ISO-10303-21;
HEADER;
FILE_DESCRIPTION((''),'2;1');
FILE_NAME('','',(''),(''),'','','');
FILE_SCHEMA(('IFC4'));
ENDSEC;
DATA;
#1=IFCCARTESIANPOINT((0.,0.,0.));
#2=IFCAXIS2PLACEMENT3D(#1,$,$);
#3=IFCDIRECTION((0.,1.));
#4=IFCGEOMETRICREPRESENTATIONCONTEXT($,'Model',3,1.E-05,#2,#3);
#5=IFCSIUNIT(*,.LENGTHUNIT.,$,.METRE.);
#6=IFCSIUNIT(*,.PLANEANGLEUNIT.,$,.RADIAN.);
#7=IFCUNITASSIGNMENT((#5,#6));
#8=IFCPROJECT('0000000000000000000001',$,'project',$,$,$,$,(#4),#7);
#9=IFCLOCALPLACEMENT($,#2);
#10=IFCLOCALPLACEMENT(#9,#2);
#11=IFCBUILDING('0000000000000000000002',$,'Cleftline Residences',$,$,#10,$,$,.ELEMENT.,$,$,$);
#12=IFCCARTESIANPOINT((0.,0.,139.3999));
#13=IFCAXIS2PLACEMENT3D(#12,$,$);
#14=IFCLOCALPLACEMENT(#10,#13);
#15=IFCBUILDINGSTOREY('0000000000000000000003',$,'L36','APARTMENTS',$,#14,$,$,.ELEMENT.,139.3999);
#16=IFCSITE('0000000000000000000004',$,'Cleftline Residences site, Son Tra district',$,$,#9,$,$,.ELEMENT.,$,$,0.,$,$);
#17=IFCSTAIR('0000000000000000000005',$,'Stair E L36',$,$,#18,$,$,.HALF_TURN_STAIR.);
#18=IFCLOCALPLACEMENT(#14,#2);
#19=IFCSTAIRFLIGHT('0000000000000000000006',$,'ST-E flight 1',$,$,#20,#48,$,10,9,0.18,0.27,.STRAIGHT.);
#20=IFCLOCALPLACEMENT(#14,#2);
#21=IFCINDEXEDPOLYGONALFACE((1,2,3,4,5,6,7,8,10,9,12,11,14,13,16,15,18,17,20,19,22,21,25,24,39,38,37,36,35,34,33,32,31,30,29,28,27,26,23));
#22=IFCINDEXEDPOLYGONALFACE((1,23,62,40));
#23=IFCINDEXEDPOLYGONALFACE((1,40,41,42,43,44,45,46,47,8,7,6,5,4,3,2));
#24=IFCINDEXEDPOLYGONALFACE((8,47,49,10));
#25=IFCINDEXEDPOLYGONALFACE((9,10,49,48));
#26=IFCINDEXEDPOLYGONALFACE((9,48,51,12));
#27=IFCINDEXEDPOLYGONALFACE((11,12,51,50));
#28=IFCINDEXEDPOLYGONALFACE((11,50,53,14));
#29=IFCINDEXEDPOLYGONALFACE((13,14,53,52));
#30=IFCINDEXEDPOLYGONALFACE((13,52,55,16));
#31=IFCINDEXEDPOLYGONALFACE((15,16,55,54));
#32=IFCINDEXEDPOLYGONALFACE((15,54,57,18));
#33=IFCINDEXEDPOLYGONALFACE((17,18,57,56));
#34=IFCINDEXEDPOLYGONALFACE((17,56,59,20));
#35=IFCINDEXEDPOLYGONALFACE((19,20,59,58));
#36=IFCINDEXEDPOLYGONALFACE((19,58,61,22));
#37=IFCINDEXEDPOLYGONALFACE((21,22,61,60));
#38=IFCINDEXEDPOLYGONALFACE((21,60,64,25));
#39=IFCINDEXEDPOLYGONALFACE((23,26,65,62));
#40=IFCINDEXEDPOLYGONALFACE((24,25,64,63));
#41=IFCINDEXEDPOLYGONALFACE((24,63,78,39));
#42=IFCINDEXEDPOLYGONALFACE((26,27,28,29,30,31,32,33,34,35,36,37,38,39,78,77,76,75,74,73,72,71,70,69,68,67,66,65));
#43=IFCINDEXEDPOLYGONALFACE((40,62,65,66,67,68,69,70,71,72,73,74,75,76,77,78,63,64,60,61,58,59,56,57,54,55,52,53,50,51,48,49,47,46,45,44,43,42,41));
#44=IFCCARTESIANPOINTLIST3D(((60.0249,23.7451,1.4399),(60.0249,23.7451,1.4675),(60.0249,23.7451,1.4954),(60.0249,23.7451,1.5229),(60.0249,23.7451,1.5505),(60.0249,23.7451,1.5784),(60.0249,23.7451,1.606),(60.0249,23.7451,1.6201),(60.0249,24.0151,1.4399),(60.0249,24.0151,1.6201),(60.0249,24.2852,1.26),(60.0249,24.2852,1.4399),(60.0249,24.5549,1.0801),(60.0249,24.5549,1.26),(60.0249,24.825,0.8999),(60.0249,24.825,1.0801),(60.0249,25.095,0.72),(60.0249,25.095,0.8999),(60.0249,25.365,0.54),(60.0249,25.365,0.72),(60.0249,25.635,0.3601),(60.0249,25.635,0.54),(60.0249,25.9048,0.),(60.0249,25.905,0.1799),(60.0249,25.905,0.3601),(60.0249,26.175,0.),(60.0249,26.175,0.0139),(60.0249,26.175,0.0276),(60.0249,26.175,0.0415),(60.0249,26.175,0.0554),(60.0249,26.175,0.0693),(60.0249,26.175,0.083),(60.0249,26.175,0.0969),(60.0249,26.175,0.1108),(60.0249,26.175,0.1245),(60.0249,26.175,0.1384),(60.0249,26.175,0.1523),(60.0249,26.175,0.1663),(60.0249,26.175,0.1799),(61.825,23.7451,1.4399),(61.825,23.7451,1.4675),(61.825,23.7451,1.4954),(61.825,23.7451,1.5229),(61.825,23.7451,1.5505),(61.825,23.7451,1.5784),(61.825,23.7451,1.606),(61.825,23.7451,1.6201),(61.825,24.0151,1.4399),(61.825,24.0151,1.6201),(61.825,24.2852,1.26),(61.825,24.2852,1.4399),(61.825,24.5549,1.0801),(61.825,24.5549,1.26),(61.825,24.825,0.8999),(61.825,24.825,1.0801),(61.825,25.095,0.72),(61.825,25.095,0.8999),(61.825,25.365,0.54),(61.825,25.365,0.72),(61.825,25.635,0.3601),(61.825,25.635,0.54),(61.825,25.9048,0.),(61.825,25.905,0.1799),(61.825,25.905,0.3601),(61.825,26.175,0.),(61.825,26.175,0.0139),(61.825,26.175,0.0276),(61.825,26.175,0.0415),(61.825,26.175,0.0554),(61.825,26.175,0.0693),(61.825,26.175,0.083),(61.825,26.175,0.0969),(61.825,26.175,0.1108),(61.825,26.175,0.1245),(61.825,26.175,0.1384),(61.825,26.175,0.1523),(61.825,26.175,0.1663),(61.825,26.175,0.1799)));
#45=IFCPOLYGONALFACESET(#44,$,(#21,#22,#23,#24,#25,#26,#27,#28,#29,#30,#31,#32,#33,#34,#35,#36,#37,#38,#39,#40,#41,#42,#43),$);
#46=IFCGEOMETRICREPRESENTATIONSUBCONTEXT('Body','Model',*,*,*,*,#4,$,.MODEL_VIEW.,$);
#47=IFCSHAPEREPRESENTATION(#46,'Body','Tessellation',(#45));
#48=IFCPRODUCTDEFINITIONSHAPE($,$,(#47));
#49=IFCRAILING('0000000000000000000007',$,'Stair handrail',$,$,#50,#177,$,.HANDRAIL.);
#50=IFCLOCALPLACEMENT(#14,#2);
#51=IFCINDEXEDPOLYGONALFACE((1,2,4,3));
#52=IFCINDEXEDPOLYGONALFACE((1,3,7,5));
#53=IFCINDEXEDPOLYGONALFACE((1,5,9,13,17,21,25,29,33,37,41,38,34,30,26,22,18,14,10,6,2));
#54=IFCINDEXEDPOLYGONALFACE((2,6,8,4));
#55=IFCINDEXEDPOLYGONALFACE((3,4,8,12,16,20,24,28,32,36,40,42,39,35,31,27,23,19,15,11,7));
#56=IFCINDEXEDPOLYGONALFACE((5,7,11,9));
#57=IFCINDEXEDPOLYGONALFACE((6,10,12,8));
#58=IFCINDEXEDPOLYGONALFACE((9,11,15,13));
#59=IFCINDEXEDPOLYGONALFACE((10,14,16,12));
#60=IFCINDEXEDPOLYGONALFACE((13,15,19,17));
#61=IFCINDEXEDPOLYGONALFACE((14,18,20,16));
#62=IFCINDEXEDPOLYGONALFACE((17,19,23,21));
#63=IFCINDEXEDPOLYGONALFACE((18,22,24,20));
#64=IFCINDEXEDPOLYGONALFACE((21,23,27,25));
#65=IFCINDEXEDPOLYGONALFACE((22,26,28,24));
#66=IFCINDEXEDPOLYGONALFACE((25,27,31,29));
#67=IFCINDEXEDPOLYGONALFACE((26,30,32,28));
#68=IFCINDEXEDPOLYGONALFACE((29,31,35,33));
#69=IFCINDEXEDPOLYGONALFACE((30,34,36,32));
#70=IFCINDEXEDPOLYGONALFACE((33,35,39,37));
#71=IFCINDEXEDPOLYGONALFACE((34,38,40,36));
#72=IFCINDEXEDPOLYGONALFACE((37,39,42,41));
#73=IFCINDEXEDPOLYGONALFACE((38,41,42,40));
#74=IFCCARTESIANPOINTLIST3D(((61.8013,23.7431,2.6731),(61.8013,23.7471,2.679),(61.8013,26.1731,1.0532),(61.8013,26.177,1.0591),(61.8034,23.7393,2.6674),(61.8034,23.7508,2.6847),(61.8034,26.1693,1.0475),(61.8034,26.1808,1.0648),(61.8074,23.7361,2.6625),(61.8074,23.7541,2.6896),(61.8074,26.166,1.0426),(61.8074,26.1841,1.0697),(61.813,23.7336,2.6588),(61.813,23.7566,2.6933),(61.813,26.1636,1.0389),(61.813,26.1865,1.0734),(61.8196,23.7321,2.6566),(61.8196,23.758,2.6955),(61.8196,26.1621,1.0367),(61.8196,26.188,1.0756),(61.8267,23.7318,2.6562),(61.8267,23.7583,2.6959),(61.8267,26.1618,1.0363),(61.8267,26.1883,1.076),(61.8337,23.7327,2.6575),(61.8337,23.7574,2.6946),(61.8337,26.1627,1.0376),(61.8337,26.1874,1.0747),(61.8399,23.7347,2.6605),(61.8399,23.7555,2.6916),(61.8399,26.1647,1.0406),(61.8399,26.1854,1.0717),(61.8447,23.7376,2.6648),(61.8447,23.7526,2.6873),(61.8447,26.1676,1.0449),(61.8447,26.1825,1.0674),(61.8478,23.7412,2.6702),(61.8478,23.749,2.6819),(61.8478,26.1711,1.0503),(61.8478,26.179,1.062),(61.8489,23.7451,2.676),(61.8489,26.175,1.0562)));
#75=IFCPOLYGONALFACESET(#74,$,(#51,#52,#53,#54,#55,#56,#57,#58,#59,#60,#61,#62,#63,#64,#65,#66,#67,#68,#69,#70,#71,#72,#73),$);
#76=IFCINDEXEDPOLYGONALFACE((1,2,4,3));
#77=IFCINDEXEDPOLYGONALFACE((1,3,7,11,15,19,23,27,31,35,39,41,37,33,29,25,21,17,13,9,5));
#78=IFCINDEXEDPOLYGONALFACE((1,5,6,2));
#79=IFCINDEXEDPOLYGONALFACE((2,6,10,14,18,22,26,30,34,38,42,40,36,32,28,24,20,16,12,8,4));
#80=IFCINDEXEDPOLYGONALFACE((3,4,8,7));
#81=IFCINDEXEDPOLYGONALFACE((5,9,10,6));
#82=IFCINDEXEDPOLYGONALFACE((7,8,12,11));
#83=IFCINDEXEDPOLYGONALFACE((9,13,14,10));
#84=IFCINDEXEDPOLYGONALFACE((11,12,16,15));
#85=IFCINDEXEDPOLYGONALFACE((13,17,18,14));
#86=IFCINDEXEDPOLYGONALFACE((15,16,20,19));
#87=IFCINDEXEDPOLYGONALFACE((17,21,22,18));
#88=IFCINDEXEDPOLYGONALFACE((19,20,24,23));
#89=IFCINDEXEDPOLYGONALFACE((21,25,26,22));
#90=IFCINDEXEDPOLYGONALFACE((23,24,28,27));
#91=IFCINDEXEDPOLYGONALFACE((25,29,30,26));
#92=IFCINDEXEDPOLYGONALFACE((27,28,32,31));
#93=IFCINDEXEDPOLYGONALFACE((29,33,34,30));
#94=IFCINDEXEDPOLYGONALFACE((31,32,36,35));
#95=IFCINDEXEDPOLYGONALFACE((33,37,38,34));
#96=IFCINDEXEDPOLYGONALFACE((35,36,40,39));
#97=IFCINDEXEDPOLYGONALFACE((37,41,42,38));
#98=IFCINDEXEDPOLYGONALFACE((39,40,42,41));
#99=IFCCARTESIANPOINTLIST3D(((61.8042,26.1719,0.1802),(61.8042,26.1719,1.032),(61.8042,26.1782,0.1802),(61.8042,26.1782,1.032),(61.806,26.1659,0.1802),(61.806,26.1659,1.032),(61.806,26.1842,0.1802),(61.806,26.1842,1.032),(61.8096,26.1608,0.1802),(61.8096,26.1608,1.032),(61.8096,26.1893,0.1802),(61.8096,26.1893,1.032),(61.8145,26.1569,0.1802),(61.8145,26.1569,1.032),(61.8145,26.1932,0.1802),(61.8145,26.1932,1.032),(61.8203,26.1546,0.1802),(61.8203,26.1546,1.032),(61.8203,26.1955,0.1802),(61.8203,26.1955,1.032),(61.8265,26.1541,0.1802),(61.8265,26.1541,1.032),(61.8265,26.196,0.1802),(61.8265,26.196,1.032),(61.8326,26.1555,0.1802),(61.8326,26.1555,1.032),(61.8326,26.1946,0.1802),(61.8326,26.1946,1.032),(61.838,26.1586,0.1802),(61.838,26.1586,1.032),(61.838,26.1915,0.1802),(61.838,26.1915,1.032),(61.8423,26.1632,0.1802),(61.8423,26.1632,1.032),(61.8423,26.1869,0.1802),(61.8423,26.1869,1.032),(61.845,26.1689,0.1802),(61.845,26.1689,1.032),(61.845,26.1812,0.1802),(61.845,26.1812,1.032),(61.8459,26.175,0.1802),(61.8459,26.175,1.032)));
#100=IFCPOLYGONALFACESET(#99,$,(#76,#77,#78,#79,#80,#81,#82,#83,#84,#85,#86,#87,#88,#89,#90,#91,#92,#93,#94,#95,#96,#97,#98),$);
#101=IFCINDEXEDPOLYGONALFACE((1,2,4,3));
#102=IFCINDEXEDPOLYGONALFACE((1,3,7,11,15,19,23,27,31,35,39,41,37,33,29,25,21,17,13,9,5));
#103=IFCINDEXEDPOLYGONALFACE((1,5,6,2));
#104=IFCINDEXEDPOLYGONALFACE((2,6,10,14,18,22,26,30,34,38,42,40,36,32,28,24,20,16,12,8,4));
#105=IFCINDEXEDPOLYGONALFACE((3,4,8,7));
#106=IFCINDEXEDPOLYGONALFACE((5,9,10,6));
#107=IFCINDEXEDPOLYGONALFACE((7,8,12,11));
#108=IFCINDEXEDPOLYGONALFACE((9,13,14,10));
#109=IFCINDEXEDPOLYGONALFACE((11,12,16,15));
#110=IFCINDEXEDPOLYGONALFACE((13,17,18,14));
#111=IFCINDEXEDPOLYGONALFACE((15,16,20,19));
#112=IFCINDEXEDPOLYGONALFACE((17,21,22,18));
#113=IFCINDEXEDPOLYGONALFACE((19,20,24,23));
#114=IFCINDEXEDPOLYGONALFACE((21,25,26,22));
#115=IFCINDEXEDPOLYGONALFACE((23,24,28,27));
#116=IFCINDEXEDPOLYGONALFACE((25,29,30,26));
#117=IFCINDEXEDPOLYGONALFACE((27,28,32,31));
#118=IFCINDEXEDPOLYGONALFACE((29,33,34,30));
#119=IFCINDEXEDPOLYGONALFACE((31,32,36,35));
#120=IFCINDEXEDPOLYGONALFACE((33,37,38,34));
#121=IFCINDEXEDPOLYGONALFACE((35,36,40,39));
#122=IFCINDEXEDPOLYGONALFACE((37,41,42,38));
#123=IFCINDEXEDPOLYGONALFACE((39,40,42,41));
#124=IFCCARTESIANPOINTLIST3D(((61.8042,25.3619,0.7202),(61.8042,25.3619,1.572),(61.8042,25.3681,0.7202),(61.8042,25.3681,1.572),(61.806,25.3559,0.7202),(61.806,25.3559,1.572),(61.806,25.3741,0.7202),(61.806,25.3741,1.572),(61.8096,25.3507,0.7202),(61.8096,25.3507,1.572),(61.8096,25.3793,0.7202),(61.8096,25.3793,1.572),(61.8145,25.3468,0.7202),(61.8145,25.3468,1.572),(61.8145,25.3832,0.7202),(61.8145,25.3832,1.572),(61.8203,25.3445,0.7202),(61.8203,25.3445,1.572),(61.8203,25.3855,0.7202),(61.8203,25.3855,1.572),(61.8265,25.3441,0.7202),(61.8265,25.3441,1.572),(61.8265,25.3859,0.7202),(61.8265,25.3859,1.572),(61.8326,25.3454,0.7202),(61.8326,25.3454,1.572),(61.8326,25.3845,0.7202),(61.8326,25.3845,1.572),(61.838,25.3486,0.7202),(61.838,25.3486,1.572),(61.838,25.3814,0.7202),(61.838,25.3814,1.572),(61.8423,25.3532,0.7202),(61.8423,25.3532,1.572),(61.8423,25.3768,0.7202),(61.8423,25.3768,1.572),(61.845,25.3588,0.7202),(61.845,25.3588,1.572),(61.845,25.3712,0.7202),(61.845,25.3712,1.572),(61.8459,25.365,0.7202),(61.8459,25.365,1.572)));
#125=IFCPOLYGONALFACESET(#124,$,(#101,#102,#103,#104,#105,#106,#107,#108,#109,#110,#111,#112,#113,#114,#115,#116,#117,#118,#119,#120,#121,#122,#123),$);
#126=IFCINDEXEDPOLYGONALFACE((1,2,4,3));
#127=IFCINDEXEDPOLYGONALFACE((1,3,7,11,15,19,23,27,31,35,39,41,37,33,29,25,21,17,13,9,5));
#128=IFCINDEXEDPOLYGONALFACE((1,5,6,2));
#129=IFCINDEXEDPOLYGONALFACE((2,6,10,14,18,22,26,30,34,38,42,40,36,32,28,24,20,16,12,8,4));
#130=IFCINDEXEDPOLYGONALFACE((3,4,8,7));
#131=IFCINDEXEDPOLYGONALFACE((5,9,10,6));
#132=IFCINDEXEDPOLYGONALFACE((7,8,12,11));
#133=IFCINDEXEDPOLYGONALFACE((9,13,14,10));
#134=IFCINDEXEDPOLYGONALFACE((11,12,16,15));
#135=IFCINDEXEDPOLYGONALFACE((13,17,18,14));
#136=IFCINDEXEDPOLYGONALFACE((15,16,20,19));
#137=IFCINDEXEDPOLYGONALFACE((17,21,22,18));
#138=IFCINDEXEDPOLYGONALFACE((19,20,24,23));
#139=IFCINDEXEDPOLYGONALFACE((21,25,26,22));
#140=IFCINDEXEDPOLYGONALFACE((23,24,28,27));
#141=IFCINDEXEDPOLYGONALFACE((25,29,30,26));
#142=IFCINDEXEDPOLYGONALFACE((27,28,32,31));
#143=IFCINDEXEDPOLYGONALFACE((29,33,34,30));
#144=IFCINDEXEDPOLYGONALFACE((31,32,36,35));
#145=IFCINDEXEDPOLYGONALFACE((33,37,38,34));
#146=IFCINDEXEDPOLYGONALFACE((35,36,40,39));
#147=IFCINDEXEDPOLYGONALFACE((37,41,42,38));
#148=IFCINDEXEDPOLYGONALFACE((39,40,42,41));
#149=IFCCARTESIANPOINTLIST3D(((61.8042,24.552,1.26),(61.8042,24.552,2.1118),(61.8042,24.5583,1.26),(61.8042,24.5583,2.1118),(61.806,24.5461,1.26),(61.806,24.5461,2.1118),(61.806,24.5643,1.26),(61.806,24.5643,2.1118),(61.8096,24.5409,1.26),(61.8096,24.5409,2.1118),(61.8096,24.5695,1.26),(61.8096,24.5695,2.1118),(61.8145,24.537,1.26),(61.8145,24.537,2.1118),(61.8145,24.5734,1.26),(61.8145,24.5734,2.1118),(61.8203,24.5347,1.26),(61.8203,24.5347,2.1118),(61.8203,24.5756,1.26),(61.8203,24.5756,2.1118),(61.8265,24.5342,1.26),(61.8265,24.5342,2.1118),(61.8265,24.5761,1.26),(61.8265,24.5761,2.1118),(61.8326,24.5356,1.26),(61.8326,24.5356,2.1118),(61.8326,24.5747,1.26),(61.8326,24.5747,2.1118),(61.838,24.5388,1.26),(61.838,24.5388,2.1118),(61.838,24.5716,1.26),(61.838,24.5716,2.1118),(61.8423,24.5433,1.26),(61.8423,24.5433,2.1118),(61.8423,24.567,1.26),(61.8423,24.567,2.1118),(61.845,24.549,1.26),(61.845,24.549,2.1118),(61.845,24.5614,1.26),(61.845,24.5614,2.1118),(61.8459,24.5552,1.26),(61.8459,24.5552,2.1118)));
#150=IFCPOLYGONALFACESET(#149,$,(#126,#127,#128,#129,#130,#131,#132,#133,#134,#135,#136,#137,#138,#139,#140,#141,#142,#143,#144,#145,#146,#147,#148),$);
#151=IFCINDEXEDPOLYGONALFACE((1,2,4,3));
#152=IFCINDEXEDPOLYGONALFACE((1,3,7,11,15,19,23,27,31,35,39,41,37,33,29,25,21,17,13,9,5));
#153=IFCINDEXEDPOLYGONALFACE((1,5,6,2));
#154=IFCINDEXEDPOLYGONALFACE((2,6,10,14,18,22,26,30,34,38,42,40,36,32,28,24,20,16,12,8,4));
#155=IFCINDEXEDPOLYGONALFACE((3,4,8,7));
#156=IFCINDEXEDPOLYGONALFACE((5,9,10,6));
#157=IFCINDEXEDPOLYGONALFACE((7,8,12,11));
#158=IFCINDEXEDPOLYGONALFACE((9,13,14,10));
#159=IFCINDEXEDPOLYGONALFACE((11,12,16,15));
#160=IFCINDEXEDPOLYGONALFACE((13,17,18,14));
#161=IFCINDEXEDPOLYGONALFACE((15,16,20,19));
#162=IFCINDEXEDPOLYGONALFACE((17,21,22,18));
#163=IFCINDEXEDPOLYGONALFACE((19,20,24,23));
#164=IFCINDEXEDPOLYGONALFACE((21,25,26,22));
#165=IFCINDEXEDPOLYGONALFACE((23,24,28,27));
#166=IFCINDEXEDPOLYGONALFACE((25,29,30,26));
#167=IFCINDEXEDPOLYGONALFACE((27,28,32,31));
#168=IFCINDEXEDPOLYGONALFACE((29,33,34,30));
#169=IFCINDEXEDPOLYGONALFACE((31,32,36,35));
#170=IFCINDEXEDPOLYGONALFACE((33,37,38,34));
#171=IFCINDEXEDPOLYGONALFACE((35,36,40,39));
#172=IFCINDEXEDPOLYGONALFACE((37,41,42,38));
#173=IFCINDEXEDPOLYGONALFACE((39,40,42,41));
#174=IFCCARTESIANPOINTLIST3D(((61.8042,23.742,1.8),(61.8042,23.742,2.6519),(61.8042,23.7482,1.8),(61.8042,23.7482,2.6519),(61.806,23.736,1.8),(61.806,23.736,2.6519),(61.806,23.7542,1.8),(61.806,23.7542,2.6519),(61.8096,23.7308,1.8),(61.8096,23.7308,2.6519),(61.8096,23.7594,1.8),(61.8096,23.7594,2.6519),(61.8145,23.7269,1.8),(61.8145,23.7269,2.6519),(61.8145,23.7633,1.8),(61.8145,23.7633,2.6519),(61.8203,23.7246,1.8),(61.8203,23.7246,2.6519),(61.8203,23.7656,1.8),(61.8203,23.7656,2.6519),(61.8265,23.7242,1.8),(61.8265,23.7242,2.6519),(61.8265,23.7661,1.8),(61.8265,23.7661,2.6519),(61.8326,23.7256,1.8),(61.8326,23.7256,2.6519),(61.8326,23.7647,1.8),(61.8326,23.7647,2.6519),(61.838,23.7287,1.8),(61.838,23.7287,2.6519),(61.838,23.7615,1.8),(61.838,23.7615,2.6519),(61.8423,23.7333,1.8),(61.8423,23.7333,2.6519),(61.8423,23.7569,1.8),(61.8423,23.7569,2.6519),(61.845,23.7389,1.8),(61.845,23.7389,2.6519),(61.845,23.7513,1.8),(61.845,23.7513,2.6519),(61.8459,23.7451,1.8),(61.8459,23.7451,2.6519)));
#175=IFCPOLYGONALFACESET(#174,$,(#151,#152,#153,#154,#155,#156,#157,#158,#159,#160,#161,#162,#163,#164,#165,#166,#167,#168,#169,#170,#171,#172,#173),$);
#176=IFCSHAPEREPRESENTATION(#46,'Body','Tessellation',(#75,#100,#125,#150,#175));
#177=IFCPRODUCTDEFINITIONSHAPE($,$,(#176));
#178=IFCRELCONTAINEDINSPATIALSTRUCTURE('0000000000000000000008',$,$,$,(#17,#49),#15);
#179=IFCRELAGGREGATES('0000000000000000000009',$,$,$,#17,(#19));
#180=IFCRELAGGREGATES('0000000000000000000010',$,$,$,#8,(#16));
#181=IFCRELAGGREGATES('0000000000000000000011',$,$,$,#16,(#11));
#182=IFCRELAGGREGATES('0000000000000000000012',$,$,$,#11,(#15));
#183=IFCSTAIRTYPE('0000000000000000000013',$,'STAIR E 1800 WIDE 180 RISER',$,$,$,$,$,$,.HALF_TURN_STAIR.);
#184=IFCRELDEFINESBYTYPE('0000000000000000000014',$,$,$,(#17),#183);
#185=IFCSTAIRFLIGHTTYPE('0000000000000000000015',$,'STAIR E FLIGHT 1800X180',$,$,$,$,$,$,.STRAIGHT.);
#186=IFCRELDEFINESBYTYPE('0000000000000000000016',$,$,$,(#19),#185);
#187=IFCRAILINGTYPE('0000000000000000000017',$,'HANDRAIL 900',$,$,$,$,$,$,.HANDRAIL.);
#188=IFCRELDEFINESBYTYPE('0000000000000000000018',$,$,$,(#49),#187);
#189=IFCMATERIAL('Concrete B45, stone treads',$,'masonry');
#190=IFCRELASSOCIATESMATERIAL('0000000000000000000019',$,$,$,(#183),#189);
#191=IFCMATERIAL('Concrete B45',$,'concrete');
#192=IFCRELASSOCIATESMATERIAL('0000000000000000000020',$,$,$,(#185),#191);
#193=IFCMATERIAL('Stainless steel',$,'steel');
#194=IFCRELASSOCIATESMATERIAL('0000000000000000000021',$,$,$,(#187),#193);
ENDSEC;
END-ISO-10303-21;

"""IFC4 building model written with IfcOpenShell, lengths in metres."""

from ifc_helpers import new_model, si_unit, direction, frame, origin, origin_2d, place, context, subcontext, project, spatial, polyline, circle, outline, extrude, material, type_object, element, aggregate, save


model = new_model("IFC4")

# Units and contexts
model_context = context("Model", 3, precision=1e-05, world=origin(), true_north=direction((0.0, 1.0)))
body_context = subcontext(model_context, "Body", "Model", "MODEL_VIEW")
ifc_project = project(units=[si_unit("LENGTHUNIT", "METRE"), si_unit("PLANEANGLEUNIT", "RADIAN")], contexts=[model_context])

# Site, building, storey
site_placement = place(None, origin())
site = spatial("IfcSite", under=ifc_project, at=site_placement, Name="Cleftline Residences site, Son Tra district", CompositionType="ELEMENT", RefElevation=0.0)
building_placement = place(site_placement, origin())
building = spatial("IfcBuilding", under=site, at=building_placement, Name="Cleftline Residences", CompositionType="ELEMENT")
storey_placement = place(building_placement, frame((0.0, 0.0, 139.3999)))
storey = spatial("IfcBuildingStorey", under=building, at=storey_placement, Name="L36", Description="APARTMENTS", CompositionType="ELEMENT", Elevation=139.3999)

# Stair, stair flight
ifc_material_1 = material(Name="Concrete B45, stone treads", Category="masonry")
stair_type = type_object("IfcStairType", Name="STAIR E 1800 WIDE 180 RISER", PredefinedType="HALF_TURN_STAIR", material=ifc_material_1)
stair_placement = place(storey_placement, origin())
stair = element("IfcStair", 1, at=stair_placement, inside=storey, type_object=stair_type, Name="Stair E L36", PredefinedType="HALF_TURN_STAIR")
ifc_material_2 = material(Name="Concrete B45", Category="concrete")
stair_flight_type = type_object("IfcStairFlightType", Name="STAIR E FLIGHT 1800X180", PredefinedType="STRAIGHT", material=ifc_material_2)
stair_flight_placement = place(storey_placement, frame((60.925, 26.175, 0.0), z_axis=(0.0, 0.0, 1.0), x_axis=(0.0, -1.0, 0.0)))
stair_flight = element("IfcStairFlight", 2, at=stair_flight_placement, type_object=stair_flight_type, Name="ST-E flight 1", NumberOfRisers=10, NumberOfTreads=9, PredefinedType="STRAIGHT", RiserHeight=0.18, TreadLength=0.27, context=body_context, shape_type="SweptSolid", body=[
    extrude(outline(polyline([(0.0, 0.0), (0.0, 0.0139), (0.0, 0.0276), (0.0, 0.0415), (0.0, 0.0554), (0.0, 0.0693), (0.0, 0.083), (0.0, 0.0969), (0.0, 0.1108), (0.0, 0.1245), (0.0, 0.1384), (0.0, 0.1523), (0.0, 0.1663), (0.0, 0.1799), (0.27, 0.1799), (0.27, 0.3601), (0.54, 0.3601), (0.54, 0.54), (0.8101, 0.54), (0.8101, 0.72), (1.0801, 0.72), (1.0801, 0.8999), (1.3501, 0.8999), (1.3501, 1.0801), (1.6201, 1.0801), (1.6201, 1.26), (1.8899, 1.26), (1.8899, 1.4399), (2.1599, 1.4399), (2.1599, 1.6201), (2.4299, 1.6201), (2.4299, 1.8), (2.4299, 1.7722), (2.4299, 1.7446), (2.4299, 1.7168), (2.4299, 1.6892), (2.4299, 1.6614), (2.4299, 1.6338), (2.4299, 1.606), (2.4299, 1.5784), (2.4299, 1.5505), (2.4299, 1.5229), (2.4299, 1.4954), (2.4299, 1.4675), (2.4299, 1.4399), (0.2703, 0.0), (0.0, 0.0)])), frame((0.0, 0.8999, 0.0), z_axis=(0.0, -1.0, 0.0), x_axis=(1.0, 0.0, 0.0)), (0.0, 0.0, 1.0), 1.8),
])
aggregate(stair, [stair_flight])

# Railing
ifc_material_3 = material(Name="Stainless steel", Category="steel")
railing_type = type_object("IfcRailingType", Name="HANDRAIL 900", PredefinedType="HANDRAIL", material=ifc_material_3)
railing_placement = place(storey_placement, frame((61.825, 26.175, 0.1802)))
element("IfcRailing", 3, at=railing_placement, inside=storey, type_object=railing_type, Name="Stair handrail", PredefinedType="HANDRAIL", context=body_context, shape_type="SweptSolid", body=[
    extrude(circle(Radius=0.0239, at=origin_2d()), frame((0.0, 0.0, 0.876), z_axis=(0.0, -0.832063, 0.554681), x_axis=(1.0, 0.0, 0.0)), (0.0, 0.0, 1.0), 2.9204),
    extrude(circle(Radius=0.021, at=origin_2d()), origin(), (0.0, 0.0, 1.0), 0.8518),
    extrude(circle(Radius=0.021, at=origin_2d()), frame((0.0, -0.8101, 0.54)), (0.0, 0.0, 1.0), 0.8518),
    extrude(circle(Radius=0.021, at=origin_2d()), frame((0.0, -1.6199, 1.0798)), (0.0, 0.0, 1.0), 0.8518),
    extrude(circle(Radius=0.021, at=origin_2d()), frame((0.0, -2.4299, 1.6199)), (0.0, 0.0, 1.0), 0.8518),
])

save(model, "model.ifc")
